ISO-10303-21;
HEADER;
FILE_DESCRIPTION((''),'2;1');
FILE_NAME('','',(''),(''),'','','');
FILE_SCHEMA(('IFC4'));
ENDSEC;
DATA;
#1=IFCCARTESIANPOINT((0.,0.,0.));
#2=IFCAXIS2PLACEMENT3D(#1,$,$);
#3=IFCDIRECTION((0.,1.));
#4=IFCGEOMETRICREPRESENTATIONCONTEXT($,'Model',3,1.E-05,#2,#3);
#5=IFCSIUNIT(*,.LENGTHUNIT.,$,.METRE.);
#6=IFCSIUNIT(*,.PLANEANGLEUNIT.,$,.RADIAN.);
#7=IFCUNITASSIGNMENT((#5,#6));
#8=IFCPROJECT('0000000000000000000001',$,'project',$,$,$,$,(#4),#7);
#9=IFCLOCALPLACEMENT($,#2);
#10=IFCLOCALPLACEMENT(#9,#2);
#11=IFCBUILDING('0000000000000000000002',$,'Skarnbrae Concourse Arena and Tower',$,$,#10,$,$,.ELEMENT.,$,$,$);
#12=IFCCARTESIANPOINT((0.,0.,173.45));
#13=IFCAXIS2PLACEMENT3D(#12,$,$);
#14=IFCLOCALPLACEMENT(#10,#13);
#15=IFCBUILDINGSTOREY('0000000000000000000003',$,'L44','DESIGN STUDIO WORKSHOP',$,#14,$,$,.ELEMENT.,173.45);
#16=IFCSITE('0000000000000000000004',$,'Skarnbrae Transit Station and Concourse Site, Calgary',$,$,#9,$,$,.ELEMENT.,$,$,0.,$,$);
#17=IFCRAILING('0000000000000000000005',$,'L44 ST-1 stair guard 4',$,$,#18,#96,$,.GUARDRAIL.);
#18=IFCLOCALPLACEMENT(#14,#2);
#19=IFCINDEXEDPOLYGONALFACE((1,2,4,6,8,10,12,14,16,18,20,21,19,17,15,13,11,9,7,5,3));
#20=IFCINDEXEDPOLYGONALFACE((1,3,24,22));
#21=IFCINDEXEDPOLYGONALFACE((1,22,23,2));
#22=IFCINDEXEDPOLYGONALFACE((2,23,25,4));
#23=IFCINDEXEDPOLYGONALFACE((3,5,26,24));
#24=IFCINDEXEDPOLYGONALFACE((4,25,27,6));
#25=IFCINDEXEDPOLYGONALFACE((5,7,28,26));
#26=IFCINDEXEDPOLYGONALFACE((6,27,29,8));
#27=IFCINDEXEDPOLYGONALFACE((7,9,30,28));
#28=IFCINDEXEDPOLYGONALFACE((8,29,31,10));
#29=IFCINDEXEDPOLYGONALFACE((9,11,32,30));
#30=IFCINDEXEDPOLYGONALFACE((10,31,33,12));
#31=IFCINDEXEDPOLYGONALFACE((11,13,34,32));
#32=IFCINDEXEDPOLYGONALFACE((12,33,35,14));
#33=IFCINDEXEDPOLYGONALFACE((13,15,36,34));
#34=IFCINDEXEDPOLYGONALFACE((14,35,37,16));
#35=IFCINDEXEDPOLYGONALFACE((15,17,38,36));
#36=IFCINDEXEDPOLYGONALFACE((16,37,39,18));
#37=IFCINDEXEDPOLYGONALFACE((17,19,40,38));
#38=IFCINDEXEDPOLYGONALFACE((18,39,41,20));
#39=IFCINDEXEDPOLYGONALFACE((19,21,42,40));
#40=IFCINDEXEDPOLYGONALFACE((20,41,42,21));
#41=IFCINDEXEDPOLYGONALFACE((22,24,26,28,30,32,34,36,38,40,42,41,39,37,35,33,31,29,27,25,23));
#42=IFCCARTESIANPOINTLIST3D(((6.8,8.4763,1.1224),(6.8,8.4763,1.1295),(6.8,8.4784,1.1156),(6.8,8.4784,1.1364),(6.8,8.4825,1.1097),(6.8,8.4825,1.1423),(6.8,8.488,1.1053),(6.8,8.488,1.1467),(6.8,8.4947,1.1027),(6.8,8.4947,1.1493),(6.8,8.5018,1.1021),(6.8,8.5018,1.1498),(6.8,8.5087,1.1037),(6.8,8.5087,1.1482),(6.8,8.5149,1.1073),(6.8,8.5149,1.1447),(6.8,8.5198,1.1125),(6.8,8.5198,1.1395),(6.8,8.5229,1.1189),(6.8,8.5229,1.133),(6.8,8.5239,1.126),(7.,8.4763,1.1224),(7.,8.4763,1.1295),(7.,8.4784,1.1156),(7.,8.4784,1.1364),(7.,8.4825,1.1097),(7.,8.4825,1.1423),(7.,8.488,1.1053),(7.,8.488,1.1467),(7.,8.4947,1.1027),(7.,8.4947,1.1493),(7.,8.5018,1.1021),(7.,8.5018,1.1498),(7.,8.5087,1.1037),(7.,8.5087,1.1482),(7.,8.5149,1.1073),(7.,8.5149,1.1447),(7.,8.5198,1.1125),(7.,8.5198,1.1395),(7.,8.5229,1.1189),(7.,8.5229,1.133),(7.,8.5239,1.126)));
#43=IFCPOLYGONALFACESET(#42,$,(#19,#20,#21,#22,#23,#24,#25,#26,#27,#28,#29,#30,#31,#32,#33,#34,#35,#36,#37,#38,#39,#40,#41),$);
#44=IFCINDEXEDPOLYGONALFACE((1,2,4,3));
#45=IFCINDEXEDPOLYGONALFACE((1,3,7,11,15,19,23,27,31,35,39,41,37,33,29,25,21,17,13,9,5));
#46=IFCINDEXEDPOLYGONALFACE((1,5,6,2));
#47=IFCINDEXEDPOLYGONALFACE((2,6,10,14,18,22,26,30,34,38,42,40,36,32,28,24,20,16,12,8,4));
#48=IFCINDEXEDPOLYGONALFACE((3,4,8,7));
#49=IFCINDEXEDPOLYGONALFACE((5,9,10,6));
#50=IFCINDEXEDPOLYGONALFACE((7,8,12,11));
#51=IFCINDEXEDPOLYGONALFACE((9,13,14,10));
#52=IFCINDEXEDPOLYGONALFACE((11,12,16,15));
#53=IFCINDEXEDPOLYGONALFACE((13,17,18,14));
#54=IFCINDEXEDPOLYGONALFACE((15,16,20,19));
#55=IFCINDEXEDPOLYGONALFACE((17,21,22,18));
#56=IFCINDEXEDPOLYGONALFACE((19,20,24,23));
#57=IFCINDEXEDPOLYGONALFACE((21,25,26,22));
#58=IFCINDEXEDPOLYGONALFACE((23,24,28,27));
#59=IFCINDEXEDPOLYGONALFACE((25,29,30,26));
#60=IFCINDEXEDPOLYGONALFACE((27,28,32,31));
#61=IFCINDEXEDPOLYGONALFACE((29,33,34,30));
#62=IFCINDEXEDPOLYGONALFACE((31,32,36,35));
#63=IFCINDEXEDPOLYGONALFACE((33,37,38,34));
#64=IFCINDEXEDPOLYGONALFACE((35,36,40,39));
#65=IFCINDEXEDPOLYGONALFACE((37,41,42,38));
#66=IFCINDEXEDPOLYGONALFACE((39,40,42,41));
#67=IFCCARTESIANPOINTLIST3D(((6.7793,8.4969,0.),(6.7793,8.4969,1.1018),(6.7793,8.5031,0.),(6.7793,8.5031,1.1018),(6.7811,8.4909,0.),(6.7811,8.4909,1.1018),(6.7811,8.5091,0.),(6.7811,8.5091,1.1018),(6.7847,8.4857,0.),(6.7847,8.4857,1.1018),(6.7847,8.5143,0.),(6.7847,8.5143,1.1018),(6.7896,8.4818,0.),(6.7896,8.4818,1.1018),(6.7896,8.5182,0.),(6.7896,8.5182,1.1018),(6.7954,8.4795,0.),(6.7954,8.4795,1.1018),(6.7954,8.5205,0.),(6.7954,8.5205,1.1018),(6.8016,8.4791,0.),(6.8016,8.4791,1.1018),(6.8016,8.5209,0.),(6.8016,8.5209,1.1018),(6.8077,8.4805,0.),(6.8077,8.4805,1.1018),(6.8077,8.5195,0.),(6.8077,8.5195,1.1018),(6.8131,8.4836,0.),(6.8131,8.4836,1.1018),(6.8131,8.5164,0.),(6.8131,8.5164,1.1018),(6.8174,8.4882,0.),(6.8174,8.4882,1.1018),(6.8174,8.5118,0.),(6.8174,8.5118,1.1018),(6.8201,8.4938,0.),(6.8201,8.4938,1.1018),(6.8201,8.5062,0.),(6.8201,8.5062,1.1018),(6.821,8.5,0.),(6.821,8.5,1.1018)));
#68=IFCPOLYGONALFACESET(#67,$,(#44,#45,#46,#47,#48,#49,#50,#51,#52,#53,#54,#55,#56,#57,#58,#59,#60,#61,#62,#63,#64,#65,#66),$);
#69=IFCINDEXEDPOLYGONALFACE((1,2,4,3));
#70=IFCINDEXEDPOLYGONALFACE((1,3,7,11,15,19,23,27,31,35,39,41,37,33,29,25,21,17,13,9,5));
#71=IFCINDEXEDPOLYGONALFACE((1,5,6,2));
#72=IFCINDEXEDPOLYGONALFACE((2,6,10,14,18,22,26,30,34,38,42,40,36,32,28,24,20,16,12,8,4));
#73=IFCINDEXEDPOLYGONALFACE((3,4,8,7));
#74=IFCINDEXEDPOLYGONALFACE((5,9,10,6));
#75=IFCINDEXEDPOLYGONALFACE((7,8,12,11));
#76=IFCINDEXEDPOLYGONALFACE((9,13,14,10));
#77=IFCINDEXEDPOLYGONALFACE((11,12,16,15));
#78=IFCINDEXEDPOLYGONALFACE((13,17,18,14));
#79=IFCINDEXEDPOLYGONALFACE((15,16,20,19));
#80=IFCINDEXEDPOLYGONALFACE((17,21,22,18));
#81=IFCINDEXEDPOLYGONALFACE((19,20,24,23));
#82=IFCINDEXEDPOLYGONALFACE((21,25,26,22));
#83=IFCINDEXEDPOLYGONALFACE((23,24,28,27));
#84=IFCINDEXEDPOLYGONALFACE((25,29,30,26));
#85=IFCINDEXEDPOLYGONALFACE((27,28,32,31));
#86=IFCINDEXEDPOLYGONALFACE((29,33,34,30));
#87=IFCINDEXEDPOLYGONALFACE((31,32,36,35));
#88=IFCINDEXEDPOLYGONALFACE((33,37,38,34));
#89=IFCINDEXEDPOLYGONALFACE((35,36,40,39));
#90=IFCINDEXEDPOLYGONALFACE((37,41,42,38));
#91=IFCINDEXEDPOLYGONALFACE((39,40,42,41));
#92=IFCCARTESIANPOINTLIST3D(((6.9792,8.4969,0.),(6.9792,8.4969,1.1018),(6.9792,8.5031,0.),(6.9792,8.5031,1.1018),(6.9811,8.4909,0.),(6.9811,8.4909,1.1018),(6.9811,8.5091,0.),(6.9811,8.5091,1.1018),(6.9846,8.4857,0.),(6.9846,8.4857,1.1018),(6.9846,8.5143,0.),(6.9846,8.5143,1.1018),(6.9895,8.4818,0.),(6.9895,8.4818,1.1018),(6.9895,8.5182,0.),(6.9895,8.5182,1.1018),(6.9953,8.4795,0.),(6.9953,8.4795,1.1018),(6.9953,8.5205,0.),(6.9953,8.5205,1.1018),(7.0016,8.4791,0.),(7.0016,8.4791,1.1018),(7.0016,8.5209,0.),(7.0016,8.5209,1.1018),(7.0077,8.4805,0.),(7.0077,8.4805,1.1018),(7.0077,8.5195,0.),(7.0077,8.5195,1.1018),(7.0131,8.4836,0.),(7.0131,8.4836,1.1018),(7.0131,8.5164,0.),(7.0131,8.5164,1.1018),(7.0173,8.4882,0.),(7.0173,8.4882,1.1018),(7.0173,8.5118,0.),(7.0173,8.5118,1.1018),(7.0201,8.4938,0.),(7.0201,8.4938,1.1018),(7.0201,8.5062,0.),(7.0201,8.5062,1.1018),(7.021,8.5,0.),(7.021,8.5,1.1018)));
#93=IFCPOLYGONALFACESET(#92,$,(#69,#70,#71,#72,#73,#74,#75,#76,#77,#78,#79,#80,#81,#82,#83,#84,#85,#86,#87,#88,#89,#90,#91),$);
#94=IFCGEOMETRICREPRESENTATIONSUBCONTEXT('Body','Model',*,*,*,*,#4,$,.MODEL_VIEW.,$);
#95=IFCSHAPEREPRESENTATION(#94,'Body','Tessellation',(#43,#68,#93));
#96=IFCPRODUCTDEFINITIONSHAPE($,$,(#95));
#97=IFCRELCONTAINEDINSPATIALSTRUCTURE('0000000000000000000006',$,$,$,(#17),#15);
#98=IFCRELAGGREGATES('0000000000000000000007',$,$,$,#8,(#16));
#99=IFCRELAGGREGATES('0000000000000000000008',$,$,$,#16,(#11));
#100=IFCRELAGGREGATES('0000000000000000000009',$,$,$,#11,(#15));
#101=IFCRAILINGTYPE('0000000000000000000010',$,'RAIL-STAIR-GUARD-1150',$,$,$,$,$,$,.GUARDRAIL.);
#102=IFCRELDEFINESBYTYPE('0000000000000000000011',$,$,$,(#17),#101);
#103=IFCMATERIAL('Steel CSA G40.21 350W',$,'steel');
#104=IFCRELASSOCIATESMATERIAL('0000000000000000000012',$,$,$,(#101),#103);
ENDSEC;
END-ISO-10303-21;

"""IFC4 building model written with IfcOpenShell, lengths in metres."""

from ifc_helpers import new_model, si_unit, direction, frame, origin, origin_2d, place, context, subcontext, project, spatial, circle, extrude, material, type_object, element, save


model = new_model("IFC4")

# Units and contexts
model_context = context("Model", 3, precision=1e-05, world=origin(), true_north=direction((0.0, 1.0)))
body_context = subcontext(model_context, "Body", "Model", "MODEL_VIEW")
ifc_project = project(units=[si_unit("LENGTHUNIT", "METRE"), si_unit("PLANEANGLEUNIT", "RADIAN")], contexts=[model_context])

# Site, building, storey
site_placement = place(None, origin())
site = spatial("IfcSite", under=ifc_project, at=site_placement, Name="Skarnbrae Transit Station and Concourse Site, Calgary", CompositionType="ELEMENT", RefElevation=0.0)
building_placement = place(site_placement, origin())
building = spatial("IfcBuilding", under=site, at=building_placement, Name="Skarnbrae Concourse Arena and Tower", CompositionType="ELEMENT")
storey_placement = place(building_placement, frame((0.0, 0.0, 173.45)))
storey = spatial("IfcBuildingStorey", under=building, at=storey_placement, Name="L44", Description="DESIGN STUDIO WORKSHOP", CompositionType="ELEMENT", Elevation=173.45)

# Shared definitions
ifc_material_1 = material(Name="Steel CSA G40.21 350W", Category="steel")

# Railing
railing_type_1 = type_object("IfcRailingType", Name="RAIL-STAIR-GUARD-1150", PredefinedType="GUARDRAIL", material=ifc_material_1)
railing_1_placement = place(storey_placement, frame((6.8, 8.5, 0.0)))
element("IfcRailing", 1, at=railing_1_placement, inside=storey, type_object=railing_type_1, Name="L44 ST-1 stair guard 4", PredefinedType="GUARDRAIL", context=body_context, shape_type="SweptSolid", body=[
    extrude(circle(Radius=0.0239, at=origin_2d()), frame((0.0, 0.0, 1.126), z_axis=(1.0, 0.0, 0.0), x_axis=(0.0, 1.0, 0.0)), (0.0, 0.0, 1.0), 0.2),
    extrude(circle(Radius=0.021, at=origin_2d()), origin(), (0.0, 0.0, 1.0), 1.1018),
    extrude(circle(Radius=0.021, at=origin_2d()), frame((0.2, 0.0, 0.0)), (0.0, 0.0, 1.0), 1.1018),
])

save(model, "model.ifc")
